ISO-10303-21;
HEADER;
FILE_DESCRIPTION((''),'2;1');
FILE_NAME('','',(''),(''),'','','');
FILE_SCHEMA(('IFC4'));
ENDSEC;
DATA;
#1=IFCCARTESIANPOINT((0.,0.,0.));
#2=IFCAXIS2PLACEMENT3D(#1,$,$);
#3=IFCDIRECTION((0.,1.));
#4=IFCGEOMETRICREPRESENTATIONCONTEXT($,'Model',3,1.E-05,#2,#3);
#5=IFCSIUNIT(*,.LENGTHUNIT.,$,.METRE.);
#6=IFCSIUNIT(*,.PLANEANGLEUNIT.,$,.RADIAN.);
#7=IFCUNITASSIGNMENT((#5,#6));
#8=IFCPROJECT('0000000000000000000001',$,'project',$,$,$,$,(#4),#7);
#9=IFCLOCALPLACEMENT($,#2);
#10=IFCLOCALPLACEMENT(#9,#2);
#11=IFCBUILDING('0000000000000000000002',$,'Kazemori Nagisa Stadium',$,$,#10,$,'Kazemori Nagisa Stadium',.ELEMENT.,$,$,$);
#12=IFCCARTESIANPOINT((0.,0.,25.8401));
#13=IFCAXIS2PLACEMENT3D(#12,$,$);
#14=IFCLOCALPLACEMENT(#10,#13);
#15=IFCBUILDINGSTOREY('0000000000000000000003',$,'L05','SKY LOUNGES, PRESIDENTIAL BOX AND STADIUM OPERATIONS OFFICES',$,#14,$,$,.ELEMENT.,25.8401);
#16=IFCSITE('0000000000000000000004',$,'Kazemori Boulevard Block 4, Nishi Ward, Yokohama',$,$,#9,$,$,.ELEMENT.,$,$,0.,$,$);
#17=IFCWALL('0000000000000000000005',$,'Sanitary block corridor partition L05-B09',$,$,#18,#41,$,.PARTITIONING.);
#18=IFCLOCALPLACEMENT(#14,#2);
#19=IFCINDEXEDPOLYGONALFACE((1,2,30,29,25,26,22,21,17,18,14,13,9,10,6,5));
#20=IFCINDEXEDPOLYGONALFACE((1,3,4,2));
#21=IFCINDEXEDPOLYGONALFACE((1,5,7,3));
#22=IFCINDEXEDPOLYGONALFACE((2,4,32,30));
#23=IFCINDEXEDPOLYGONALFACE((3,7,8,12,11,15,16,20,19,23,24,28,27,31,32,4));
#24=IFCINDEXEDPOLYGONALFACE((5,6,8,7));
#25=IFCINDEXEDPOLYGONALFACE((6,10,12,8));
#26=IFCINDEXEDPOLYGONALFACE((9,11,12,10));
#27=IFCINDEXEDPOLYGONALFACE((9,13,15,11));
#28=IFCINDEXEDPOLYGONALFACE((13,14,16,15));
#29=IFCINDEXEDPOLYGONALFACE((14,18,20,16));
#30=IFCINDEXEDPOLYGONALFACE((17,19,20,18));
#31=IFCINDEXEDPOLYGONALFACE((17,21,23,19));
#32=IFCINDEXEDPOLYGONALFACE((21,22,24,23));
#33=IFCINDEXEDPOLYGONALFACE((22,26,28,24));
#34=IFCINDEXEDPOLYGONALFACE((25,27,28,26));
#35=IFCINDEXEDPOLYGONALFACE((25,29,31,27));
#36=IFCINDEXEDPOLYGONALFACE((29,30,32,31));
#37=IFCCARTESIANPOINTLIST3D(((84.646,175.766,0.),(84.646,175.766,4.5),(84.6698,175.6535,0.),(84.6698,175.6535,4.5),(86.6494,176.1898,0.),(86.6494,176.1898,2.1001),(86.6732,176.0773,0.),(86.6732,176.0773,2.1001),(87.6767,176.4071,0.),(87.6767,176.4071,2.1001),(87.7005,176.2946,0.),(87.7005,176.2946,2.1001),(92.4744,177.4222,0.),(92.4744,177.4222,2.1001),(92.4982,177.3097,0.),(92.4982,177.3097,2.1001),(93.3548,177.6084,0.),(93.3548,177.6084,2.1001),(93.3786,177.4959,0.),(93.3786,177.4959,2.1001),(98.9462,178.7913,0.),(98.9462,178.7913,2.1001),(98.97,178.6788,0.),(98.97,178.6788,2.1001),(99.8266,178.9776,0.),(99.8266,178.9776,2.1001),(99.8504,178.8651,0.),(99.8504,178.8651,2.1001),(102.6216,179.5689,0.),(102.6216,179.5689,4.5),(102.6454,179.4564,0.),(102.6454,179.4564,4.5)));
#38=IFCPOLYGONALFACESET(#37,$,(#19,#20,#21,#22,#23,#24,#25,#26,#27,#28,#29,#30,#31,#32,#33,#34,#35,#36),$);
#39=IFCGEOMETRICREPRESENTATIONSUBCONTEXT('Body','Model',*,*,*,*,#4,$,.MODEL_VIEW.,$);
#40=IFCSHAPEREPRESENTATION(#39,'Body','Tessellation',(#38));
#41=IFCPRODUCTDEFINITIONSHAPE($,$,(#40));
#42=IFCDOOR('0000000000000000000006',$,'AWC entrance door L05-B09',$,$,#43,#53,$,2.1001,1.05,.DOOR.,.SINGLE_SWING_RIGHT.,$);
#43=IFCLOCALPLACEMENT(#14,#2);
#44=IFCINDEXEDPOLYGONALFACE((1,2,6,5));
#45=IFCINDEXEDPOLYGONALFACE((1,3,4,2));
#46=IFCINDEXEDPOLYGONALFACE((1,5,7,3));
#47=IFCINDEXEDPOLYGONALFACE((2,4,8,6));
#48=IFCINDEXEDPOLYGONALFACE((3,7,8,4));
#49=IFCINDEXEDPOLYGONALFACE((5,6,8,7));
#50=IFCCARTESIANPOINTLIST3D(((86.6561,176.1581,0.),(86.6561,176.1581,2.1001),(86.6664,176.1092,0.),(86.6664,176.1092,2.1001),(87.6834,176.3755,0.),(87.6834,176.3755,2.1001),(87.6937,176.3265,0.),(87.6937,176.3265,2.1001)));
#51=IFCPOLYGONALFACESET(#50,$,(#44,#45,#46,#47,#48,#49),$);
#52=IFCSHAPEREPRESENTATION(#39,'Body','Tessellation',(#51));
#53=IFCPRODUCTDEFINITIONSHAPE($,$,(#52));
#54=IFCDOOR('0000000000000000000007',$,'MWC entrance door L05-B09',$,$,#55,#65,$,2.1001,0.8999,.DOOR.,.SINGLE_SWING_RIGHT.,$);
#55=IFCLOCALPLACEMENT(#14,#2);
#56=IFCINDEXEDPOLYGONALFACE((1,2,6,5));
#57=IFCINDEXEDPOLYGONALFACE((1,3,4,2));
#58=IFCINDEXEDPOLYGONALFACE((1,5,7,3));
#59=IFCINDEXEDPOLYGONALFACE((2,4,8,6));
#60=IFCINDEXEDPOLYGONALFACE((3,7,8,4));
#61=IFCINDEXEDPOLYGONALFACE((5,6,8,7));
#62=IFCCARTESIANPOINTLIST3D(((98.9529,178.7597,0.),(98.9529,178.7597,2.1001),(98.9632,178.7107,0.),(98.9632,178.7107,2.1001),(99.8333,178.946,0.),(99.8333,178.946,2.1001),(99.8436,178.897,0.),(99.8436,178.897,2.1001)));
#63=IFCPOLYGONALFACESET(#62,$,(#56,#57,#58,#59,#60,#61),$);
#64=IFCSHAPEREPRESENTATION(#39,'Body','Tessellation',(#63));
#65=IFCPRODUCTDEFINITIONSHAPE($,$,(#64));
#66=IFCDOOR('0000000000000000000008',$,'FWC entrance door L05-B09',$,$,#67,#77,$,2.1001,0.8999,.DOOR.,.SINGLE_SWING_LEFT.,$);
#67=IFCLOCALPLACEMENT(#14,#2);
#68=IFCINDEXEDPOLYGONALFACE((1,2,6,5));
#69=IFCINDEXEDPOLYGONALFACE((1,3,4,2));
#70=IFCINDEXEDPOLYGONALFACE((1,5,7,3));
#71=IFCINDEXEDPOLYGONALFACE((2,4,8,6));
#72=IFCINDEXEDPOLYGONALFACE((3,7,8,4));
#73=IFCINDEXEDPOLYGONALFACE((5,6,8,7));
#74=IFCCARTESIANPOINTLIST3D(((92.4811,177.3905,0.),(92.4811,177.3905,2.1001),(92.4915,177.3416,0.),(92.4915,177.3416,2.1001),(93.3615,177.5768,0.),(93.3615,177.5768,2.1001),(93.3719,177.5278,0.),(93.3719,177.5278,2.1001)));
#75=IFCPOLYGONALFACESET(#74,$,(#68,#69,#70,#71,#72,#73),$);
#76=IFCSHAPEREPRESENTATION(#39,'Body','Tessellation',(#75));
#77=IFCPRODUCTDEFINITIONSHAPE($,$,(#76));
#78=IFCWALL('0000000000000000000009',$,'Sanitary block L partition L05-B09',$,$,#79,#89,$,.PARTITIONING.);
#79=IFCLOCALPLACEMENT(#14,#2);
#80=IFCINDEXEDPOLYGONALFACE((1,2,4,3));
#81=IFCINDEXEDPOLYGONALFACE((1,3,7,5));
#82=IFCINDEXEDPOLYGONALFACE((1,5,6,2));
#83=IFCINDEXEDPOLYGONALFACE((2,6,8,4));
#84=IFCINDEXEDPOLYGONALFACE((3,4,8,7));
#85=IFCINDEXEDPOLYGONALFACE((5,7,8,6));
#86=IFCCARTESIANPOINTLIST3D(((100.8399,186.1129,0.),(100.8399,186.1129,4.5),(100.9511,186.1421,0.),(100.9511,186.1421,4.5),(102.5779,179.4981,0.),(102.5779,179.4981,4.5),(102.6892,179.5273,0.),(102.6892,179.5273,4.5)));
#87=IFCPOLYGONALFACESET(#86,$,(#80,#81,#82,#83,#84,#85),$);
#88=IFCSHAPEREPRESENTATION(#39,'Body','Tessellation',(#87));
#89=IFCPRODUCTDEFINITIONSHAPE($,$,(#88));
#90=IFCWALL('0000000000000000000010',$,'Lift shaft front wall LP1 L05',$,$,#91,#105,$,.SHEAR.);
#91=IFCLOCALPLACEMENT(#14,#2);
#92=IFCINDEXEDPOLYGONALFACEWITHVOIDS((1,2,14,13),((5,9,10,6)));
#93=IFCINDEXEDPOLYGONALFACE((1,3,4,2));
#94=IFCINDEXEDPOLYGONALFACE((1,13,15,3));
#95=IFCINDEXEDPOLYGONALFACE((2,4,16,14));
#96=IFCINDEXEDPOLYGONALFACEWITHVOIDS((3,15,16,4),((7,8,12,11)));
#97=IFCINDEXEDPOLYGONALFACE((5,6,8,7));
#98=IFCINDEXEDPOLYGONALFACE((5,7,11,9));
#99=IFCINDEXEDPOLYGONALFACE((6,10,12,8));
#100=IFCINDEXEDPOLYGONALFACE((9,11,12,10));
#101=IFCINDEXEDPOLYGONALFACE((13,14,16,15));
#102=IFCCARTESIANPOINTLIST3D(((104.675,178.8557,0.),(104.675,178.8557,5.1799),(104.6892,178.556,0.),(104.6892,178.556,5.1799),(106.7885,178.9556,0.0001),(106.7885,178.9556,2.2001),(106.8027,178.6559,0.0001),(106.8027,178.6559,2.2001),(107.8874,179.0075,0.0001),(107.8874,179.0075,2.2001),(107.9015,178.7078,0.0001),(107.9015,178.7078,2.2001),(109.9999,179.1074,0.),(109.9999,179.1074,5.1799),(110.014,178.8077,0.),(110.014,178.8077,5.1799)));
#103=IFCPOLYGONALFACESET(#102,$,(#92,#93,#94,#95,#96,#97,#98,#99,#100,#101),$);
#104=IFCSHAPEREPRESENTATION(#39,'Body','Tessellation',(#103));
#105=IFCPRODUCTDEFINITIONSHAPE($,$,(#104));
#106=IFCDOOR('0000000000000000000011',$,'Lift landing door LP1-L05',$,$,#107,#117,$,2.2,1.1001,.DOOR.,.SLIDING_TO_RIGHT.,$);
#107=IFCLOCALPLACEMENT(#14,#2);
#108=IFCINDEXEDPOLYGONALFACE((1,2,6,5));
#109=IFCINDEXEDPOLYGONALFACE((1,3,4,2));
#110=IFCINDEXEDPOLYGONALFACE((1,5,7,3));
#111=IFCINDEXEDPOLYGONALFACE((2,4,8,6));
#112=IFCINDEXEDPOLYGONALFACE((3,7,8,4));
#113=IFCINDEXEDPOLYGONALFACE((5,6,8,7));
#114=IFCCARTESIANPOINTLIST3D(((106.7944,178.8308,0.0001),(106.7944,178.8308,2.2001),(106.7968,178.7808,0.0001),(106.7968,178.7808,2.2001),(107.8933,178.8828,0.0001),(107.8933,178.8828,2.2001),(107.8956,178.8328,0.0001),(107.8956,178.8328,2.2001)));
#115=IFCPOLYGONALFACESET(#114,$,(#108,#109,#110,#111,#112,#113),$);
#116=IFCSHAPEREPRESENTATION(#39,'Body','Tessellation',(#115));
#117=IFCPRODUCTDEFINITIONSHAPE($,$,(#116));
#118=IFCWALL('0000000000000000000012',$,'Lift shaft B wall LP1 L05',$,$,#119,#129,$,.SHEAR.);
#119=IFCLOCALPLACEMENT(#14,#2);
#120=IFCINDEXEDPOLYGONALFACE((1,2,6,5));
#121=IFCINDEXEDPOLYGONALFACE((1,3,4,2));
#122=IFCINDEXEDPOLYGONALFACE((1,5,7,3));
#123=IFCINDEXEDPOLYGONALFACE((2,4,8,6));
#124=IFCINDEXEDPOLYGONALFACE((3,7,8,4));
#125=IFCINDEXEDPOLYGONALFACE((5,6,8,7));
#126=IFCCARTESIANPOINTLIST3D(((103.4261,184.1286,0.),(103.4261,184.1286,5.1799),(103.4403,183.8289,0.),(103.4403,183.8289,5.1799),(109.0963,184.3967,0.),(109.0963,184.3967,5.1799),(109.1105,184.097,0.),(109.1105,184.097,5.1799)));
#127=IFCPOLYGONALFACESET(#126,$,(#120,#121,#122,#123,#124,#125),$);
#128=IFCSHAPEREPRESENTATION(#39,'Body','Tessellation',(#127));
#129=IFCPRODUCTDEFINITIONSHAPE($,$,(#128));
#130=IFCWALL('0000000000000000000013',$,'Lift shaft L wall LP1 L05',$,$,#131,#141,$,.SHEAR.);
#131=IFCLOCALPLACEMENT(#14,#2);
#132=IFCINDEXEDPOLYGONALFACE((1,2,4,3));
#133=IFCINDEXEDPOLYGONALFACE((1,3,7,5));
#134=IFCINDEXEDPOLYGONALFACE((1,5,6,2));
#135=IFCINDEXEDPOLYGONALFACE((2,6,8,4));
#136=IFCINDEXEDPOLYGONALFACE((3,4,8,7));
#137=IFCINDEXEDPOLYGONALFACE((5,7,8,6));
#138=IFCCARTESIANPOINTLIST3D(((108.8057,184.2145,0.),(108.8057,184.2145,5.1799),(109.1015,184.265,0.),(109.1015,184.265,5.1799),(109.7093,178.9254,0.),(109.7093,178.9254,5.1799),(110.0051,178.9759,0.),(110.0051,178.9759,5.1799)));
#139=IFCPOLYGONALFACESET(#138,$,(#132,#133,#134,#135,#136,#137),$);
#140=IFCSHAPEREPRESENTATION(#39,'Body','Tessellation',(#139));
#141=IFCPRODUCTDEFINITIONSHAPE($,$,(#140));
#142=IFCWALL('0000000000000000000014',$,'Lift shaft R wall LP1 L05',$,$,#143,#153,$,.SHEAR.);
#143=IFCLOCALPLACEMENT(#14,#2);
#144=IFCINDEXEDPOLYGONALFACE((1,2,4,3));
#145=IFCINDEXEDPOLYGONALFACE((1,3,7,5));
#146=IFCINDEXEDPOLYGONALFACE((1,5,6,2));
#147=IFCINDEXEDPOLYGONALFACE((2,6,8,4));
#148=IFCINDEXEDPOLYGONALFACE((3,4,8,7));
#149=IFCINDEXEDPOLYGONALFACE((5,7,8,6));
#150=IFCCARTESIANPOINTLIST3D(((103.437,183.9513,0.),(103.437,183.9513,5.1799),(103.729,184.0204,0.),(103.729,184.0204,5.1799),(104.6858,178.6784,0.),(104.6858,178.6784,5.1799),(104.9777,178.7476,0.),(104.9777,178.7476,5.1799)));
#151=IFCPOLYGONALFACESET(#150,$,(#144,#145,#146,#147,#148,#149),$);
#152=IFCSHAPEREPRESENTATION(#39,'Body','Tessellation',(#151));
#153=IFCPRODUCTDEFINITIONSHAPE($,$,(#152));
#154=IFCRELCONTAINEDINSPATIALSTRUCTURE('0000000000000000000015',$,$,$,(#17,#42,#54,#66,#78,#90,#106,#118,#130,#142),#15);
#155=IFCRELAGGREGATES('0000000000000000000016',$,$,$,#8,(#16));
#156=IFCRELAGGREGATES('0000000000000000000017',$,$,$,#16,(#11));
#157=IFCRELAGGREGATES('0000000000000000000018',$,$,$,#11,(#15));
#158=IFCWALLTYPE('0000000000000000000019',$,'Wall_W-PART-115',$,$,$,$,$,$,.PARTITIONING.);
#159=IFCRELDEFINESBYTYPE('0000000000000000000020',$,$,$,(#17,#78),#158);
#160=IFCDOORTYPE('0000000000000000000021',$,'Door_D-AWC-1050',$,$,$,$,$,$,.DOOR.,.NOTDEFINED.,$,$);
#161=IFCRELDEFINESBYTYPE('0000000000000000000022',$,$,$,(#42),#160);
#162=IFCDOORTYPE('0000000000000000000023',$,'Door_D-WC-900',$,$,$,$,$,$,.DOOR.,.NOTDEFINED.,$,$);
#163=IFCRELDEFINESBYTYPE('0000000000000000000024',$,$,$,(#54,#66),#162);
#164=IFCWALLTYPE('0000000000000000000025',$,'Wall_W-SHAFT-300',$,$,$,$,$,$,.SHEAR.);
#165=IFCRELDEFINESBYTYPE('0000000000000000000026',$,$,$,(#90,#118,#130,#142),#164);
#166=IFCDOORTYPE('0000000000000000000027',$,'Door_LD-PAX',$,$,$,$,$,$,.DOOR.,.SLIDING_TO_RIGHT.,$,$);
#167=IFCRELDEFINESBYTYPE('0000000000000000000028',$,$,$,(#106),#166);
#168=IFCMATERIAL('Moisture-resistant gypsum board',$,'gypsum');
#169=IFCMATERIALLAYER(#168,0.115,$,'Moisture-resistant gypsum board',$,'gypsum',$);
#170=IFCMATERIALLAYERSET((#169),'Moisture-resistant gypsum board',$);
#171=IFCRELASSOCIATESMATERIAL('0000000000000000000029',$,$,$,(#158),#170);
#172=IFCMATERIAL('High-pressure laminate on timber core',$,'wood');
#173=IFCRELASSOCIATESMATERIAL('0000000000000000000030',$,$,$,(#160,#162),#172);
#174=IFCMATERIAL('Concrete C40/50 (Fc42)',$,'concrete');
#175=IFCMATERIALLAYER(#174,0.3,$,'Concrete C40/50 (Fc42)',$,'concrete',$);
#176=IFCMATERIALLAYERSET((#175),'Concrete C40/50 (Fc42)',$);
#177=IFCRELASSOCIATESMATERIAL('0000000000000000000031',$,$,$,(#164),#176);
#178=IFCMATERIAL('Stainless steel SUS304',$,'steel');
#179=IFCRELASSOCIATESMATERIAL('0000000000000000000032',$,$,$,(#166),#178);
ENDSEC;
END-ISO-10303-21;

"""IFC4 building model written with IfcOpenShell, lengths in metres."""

from ifc_helpers import new_model, si_unit, direction, frame, frame_2d, origin, place, context, subcontext, project, spatial, rectangle, extrude, material, layer, layer_set, type_object, element, fill, save


model = new_model("IFC4")

# Units and contexts
model_context = context("Model", 3, precision=1e-05, world=origin(), true_north=direction((0.0, 1.0)))
body_context = subcontext(model_context, "Body", "Model", "MODEL_VIEW")
ifc_project = project(units=[si_unit("LENGTHUNIT", "METRE"), si_unit("PLANEANGLEUNIT", "RADIAN")], contexts=[model_context])

# Site, building, storey
site_placement = place(None, origin())
site = spatial("IfcSite", under=ifc_project, at=site_placement, Name="Kazemori Boulevard Block 4, Nishi Ward, Yokohama", CompositionType="ELEMENT", RefElevation=0.0)
building_placement = place(site_placement, origin())
building = spatial("IfcBuilding", under=site, at=building_placement, Name="Kazemori Nagisa Stadium", LongName="Kazemori Nagisa Stadium", CompositionType="ELEMENT")
storey_placement = place(building_placement, frame((0.0, 0.0, 25.8401)))
storey = spatial("IfcBuildingStorey", under=building, at=storey_placement, Name="L05", Description="SKY LOUNGES, PRESIDENTIAL BOX AND STADIUM OPERATIONS OFFICES", CompositionType="ELEMENT", Elevation=25.8401)

# Shared definitions
ifc_material_1 = material(Name="Concrete C40/50 (Fc42)", Category="concrete")

# Wall, openings, doors
ifc_material_2 = material(Name="Moisture-resistant gypsum board", Category="gypsum")
ifc_layer_1 = layer(ifc_material_2, 0.115, Name="Moisture-resistant gypsum board", Category="gypsum")
ifc_layer_set_1 = layer_set([ifc_layer_1], Name="Moisture-resistant gypsum board")
wall_type_1 = type_object("IfcWallType", Name="Wall_W-PART-115", PredefinedType="PARTITIONING", material=ifc_layer_set_1)
wall_1_placement = place(storey_placement, frame((102.6335, 179.5127, 0.0), z_axis=(0.0, 0.0, 1.0), x_axis=(-0.978345, -0.206982, 0.0)))
wall_1 = element("IfcWall", 1, at=wall_1_placement, inside=storey, type_object=wall_type_1, Name="Sanitary block corridor partition L05-B09", PredefinedType="PARTITIONING", context=body_context, shape_type="SweptSolid", body=[
    extrude(rectangle(XDim=18.3735, YDim=0.115, at=frame_2d((9.1868, 0.0))), origin(), (0.0, 0.0, 1.0), 4.5),
])
opening_1_placement = place(wall_1_placement, frame((2.8569, 0.0, 0.0)))
opening_1 = element("IfcOpeningElement", 2, at=opening_1_placement, cuts=wall_1, PredefinedType="OPENING", context=body_context, shape_type="SweptSolid", body=[
    extrude(rectangle(XDim=0.8999, YDim=2.1001, at=frame_2d((0.45, 1.05))), frame((0.0, 0.0674, 0.0), z_axis=(0.0, -1.0, 0.0), x_axis=(1.0, 0.0, 0.0)), (0.0, 0.0, 1.0), 0.135),
])
opening_2_placement = place(wall_1_placement, frame((9.4719, 0.0, 0.0)))
opening_2 = element("IfcOpeningElement", 3, at=opening_2_placement, cuts=wall_1, PredefinedType="OPENING", context=body_context, shape_type="SweptSolid", body=[
    extrude(rectangle(XDim=0.8999, YDim=2.1001, at=frame_2d((0.45, 1.05))), frame((0.0, 0.0674, 0.0), z_axis=(0.0, -1.0, 0.0), x_axis=(1.0, 0.0, 0.0)), (0.0, 0.0, 1.0), 0.135),
])
opening_3_placement = place(wall_1_placement, frame((15.2759, 0.0, 0.0)))
opening_3 = element("IfcOpeningElement", 4, at=opening_3_placement, cuts=wall_1, PredefinedType="OPENING", context=body_context, shape_type="SweptSolid", body=[
    extrude(rectangle(XDim=1.05, YDim=2.1001, at=frame_2d((0.5249, 1.05))), frame((0.0, 0.0674, 0.0), z_axis=(0.0, -1.0, 0.0), x_axis=(1.0, 0.0, 0.0)), (0.0, 0.0, 1.0), 0.135),
])
ifc_material_3 = material(Name="High-pressure laminate on timber core", Category="wood")
door_type_1 = type_object("IfcDoorType", Name="Door_D-AWC-1050", OperationType="NOTDEFINED", PredefinedType="DOOR", material=ifc_material_3)
door_1_placement = place(opening_3_placement, origin())
door_1 = element("IfcDoor", 5, at=door_1_placement, inside=storey, type_object=door_type_1, Name="AWC entrance door L05-B09", OperationType="SINGLE_SWING_RIGHT", OverallHeight=2.1001, OverallWidth=1.05, PredefinedType="DOOR", context=body_context, shape_type="SweptSolid", body=[
    extrude(rectangle(XDim=1.05, YDim=2.1001, at=frame_2d((0.5249, 1.05))), frame((0.0, 0.0249, 0.0), z_axis=(0.0, -1.0, 0.0), x_axis=(1.0, 0.0, 0.0)), (0.0, 0.0, 1.0), 0.05),
])
fill(opening_3, door_1)
door_type_2 = type_object("IfcDoorType", Name="Door_D-WC-900", OperationType="NOTDEFINED", PredefinedType="DOOR", material=ifc_material_3)
door_2_placement = place(opening_1_placement, origin())
door_2 = element("IfcDoor", 6, at=door_2_placement, inside=storey, type_object=door_type_2, Name="MWC entrance door L05-B09", OperationType="SINGLE_SWING_RIGHT", OverallHeight=2.1001, OverallWidth=0.8999, PredefinedType="DOOR", context=body_context, shape_type="SweptSolid", body=[
    extrude(rectangle(XDim=0.8999, YDim=2.1001, at=frame_2d((0.45, 1.05))), frame((0.0, 0.0249, 0.0), z_axis=(0.0, -1.0, 0.0), x_axis=(1.0, 0.0, 0.0)), (0.0, 0.0, 1.0), 0.05),
])
fill(opening_1, door_2)
door_3_placement = place(opening_2_placement, origin())
door_3 = element("IfcDoor", 7, at=door_3_placement, inside=storey, type_object=door_type_2, Name="FWC entrance door L05-B09", OperationType="SINGLE_SWING_LEFT", OverallHeight=2.1001, OverallWidth=0.8999, PredefinedType="DOOR", context=body_context, shape_type="SweptSolid", body=[
    extrude(rectangle(XDim=0.8999, YDim=2.1001, at=frame_2d((0.45, 1.05))), frame((0.0, 0.0249, 0.0), z_axis=(0.0, -1.0, 0.0), x_axis=(1.0, 0.0, 0.0)), (0.0, 0.0, 1.0), 0.05),
])
fill(opening_2, door_3)

# Wall
wall_2_placement = place(storey_placement, frame((102.6335, 179.5127, 0.0), z_axis=(0.0, 0.0, 1.0), x_axis=(-0.254126, 0.967171, 0.0)))
element("IfcWall", 8, at=wall_2_placement, inside=storey, type_object=wall_type_1, Name="Sanitary block L partition L05-B09", PredefinedType="PARTITIONING", context=body_context, shape_type="SweptSolid", body=[
    extrude(rectangle(XDim=6.8394, YDim=0.115, at=frame_2d((3.4197, 0.0))), origin(), (0.0, 0.0, 1.0), 4.5),
])

# Wall, opening, door
ifc_layer_2 = layer(ifc_material_1, 0.3, Name="Concrete C40/50 (Fc42)", Category="concrete")
ifc_layer_set_2 = layer_set([ifc_layer_2], Name="Concrete C40/50 (Fc42)")
wall_type_2 = type_object("IfcWallType", Name="Wall_W-SHAFT-300", PredefinedType="SHEAR", material=ifc_layer_set_2)
wall_3_placement = place(storey_placement, frame((110.0071, 178.9575, 0.0), z_axis=(0.0, 0.0, 1.0), x_axis=(-0.998885, -0.047217, 0.0)))
wall_3 = element("IfcWall", 9, at=wall_3_placement, inside=storey, type_object=wall_type_2, Name="Lift shaft front wall LP1 L05", PredefinedType="SHEAR", context=body_context, shape_type="SweptSolid", body=[
    extrude(rectangle(XDim=5.3308, YDim=0.3, at=frame_2d((2.6655, 0.0))), origin(), (0.0, 0.0, 1.0), 5.1799),
])
opening_4_placement = place(wall_3_placement, frame((2.115, 0.0, 0.0)))
opening_4 = element("IfcOpeningElement", 10, at=opening_4_placement, cuts=wall_3, PredefinedType="OPENING", context=body_context, shape_type="SweptSolid", body=[
    extrude(rectangle(XDim=1.1001, YDim=2.2, at=frame_2d((0.55, 1.1001))), frame((0.0, 0.1599, 0.0), z_axis=(0.0, -1.0, 0.0), x_axis=(1.0, 0.0, 0.0)), (0.0, 0.0, 1.0), 0.3201),
])
ifc_material_4 = material(Name="Stainless steel SUS304", Category="steel")
door_type_3 = type_object("IfcDoorType", Name="Door_LD-PAX", OperationType="SLIDING_TO_RIGHT", PredefinedType="DOOR", material=ifc_material_4)
door_4_placement = place(opening_4_placement, origin())
door_4 = element("IfcDoor", 11, at=door_4_placement, inside=storey, type_object=door_type_3, Name="Lift landing door LP1-L05", OperationType="SLIDING_TO_RIGHT", OverallHeight=2.2, OverallWidth=1.1001, PredefinedType="DOOR", context=body_context, shape_type="SweptSolid", body=[
    extrude(rectangle(XDim=1.1001, YDim=2.2, at=frame_2d((0.55, 1.1001))), frame((0.0, 0.0249, 0.0), z_axis=(0.0, -1.0, 0.0), x_axis=(1.0, 0.0, 0.0)), (0.0, 0.0, 1.0), 0.05),
])
fill(opening_4, door_4)

# Walls
wall_4_placement = place(storey_placement, frame((109.1035, 184.2468, 0.0), z_axis=(0.0, 0.0, 1.0), x_axis=(-0.998884, -0.047224, 0.0)))
element("IfcWall", 12, at=wall_4_placement, inside=storey, type_object=wall_type_2, Name="Lift shaft B wall LP1 L05", PredefinedType="SHEAR", context=body_context, shape_type="SweptSolid", body=[
    extrude(rectangle(XDim=5.6765, YDim=0.3, at=frame_2d((2.8384, 0.0))), origin(), (0.0, 0.0, 1.0), 5.1799),
])
wall_5_placement = place(storey_placement, frame((109.8572, 178.9507, 0.0), z_axis=(0.0, 0.0, 1.0), x_axis=(-0.168397, 0.985719, 0.0)))
element("IfcWall", 13, at=wall_5_placement, inside=storey, type_object=wall_type_2, Name="Lift shaft L wall LP1 L05", PredefinedType="SHEAR", context=body_context, shape_type="SweptSolid", body=[
    extrude(rectangle(XDim=5.3657, YDim=0.3, at=frame_2d((2.6829, 0.0))), origin(), (0.0, 0.0, 1.0), 5.1799),
])
wall_6_placement = place(storey_placement, frame((104.8318, 178.7129, 0.0), z_axis=(0.0, 0.0, 1.0), x_axis=(-0.230453, 0.973083, 0.0)))
element("IfcWall", 14, at=wall_6_placement, inside=storey, type_object=wall_type_2, Name="Lift shaft R wall LP1 L05", PredefinedType="SHEAR", context=body_context, shape_type="SweptSolid", body=[
    extrude(rectangle(XDim=5.4187, YDim=0.3, at=frame_2d((2.7095, 0.0))), origin(), (0.0, 0.0, 1.0), 5.1799),
])

save(model, "model.ifc")
